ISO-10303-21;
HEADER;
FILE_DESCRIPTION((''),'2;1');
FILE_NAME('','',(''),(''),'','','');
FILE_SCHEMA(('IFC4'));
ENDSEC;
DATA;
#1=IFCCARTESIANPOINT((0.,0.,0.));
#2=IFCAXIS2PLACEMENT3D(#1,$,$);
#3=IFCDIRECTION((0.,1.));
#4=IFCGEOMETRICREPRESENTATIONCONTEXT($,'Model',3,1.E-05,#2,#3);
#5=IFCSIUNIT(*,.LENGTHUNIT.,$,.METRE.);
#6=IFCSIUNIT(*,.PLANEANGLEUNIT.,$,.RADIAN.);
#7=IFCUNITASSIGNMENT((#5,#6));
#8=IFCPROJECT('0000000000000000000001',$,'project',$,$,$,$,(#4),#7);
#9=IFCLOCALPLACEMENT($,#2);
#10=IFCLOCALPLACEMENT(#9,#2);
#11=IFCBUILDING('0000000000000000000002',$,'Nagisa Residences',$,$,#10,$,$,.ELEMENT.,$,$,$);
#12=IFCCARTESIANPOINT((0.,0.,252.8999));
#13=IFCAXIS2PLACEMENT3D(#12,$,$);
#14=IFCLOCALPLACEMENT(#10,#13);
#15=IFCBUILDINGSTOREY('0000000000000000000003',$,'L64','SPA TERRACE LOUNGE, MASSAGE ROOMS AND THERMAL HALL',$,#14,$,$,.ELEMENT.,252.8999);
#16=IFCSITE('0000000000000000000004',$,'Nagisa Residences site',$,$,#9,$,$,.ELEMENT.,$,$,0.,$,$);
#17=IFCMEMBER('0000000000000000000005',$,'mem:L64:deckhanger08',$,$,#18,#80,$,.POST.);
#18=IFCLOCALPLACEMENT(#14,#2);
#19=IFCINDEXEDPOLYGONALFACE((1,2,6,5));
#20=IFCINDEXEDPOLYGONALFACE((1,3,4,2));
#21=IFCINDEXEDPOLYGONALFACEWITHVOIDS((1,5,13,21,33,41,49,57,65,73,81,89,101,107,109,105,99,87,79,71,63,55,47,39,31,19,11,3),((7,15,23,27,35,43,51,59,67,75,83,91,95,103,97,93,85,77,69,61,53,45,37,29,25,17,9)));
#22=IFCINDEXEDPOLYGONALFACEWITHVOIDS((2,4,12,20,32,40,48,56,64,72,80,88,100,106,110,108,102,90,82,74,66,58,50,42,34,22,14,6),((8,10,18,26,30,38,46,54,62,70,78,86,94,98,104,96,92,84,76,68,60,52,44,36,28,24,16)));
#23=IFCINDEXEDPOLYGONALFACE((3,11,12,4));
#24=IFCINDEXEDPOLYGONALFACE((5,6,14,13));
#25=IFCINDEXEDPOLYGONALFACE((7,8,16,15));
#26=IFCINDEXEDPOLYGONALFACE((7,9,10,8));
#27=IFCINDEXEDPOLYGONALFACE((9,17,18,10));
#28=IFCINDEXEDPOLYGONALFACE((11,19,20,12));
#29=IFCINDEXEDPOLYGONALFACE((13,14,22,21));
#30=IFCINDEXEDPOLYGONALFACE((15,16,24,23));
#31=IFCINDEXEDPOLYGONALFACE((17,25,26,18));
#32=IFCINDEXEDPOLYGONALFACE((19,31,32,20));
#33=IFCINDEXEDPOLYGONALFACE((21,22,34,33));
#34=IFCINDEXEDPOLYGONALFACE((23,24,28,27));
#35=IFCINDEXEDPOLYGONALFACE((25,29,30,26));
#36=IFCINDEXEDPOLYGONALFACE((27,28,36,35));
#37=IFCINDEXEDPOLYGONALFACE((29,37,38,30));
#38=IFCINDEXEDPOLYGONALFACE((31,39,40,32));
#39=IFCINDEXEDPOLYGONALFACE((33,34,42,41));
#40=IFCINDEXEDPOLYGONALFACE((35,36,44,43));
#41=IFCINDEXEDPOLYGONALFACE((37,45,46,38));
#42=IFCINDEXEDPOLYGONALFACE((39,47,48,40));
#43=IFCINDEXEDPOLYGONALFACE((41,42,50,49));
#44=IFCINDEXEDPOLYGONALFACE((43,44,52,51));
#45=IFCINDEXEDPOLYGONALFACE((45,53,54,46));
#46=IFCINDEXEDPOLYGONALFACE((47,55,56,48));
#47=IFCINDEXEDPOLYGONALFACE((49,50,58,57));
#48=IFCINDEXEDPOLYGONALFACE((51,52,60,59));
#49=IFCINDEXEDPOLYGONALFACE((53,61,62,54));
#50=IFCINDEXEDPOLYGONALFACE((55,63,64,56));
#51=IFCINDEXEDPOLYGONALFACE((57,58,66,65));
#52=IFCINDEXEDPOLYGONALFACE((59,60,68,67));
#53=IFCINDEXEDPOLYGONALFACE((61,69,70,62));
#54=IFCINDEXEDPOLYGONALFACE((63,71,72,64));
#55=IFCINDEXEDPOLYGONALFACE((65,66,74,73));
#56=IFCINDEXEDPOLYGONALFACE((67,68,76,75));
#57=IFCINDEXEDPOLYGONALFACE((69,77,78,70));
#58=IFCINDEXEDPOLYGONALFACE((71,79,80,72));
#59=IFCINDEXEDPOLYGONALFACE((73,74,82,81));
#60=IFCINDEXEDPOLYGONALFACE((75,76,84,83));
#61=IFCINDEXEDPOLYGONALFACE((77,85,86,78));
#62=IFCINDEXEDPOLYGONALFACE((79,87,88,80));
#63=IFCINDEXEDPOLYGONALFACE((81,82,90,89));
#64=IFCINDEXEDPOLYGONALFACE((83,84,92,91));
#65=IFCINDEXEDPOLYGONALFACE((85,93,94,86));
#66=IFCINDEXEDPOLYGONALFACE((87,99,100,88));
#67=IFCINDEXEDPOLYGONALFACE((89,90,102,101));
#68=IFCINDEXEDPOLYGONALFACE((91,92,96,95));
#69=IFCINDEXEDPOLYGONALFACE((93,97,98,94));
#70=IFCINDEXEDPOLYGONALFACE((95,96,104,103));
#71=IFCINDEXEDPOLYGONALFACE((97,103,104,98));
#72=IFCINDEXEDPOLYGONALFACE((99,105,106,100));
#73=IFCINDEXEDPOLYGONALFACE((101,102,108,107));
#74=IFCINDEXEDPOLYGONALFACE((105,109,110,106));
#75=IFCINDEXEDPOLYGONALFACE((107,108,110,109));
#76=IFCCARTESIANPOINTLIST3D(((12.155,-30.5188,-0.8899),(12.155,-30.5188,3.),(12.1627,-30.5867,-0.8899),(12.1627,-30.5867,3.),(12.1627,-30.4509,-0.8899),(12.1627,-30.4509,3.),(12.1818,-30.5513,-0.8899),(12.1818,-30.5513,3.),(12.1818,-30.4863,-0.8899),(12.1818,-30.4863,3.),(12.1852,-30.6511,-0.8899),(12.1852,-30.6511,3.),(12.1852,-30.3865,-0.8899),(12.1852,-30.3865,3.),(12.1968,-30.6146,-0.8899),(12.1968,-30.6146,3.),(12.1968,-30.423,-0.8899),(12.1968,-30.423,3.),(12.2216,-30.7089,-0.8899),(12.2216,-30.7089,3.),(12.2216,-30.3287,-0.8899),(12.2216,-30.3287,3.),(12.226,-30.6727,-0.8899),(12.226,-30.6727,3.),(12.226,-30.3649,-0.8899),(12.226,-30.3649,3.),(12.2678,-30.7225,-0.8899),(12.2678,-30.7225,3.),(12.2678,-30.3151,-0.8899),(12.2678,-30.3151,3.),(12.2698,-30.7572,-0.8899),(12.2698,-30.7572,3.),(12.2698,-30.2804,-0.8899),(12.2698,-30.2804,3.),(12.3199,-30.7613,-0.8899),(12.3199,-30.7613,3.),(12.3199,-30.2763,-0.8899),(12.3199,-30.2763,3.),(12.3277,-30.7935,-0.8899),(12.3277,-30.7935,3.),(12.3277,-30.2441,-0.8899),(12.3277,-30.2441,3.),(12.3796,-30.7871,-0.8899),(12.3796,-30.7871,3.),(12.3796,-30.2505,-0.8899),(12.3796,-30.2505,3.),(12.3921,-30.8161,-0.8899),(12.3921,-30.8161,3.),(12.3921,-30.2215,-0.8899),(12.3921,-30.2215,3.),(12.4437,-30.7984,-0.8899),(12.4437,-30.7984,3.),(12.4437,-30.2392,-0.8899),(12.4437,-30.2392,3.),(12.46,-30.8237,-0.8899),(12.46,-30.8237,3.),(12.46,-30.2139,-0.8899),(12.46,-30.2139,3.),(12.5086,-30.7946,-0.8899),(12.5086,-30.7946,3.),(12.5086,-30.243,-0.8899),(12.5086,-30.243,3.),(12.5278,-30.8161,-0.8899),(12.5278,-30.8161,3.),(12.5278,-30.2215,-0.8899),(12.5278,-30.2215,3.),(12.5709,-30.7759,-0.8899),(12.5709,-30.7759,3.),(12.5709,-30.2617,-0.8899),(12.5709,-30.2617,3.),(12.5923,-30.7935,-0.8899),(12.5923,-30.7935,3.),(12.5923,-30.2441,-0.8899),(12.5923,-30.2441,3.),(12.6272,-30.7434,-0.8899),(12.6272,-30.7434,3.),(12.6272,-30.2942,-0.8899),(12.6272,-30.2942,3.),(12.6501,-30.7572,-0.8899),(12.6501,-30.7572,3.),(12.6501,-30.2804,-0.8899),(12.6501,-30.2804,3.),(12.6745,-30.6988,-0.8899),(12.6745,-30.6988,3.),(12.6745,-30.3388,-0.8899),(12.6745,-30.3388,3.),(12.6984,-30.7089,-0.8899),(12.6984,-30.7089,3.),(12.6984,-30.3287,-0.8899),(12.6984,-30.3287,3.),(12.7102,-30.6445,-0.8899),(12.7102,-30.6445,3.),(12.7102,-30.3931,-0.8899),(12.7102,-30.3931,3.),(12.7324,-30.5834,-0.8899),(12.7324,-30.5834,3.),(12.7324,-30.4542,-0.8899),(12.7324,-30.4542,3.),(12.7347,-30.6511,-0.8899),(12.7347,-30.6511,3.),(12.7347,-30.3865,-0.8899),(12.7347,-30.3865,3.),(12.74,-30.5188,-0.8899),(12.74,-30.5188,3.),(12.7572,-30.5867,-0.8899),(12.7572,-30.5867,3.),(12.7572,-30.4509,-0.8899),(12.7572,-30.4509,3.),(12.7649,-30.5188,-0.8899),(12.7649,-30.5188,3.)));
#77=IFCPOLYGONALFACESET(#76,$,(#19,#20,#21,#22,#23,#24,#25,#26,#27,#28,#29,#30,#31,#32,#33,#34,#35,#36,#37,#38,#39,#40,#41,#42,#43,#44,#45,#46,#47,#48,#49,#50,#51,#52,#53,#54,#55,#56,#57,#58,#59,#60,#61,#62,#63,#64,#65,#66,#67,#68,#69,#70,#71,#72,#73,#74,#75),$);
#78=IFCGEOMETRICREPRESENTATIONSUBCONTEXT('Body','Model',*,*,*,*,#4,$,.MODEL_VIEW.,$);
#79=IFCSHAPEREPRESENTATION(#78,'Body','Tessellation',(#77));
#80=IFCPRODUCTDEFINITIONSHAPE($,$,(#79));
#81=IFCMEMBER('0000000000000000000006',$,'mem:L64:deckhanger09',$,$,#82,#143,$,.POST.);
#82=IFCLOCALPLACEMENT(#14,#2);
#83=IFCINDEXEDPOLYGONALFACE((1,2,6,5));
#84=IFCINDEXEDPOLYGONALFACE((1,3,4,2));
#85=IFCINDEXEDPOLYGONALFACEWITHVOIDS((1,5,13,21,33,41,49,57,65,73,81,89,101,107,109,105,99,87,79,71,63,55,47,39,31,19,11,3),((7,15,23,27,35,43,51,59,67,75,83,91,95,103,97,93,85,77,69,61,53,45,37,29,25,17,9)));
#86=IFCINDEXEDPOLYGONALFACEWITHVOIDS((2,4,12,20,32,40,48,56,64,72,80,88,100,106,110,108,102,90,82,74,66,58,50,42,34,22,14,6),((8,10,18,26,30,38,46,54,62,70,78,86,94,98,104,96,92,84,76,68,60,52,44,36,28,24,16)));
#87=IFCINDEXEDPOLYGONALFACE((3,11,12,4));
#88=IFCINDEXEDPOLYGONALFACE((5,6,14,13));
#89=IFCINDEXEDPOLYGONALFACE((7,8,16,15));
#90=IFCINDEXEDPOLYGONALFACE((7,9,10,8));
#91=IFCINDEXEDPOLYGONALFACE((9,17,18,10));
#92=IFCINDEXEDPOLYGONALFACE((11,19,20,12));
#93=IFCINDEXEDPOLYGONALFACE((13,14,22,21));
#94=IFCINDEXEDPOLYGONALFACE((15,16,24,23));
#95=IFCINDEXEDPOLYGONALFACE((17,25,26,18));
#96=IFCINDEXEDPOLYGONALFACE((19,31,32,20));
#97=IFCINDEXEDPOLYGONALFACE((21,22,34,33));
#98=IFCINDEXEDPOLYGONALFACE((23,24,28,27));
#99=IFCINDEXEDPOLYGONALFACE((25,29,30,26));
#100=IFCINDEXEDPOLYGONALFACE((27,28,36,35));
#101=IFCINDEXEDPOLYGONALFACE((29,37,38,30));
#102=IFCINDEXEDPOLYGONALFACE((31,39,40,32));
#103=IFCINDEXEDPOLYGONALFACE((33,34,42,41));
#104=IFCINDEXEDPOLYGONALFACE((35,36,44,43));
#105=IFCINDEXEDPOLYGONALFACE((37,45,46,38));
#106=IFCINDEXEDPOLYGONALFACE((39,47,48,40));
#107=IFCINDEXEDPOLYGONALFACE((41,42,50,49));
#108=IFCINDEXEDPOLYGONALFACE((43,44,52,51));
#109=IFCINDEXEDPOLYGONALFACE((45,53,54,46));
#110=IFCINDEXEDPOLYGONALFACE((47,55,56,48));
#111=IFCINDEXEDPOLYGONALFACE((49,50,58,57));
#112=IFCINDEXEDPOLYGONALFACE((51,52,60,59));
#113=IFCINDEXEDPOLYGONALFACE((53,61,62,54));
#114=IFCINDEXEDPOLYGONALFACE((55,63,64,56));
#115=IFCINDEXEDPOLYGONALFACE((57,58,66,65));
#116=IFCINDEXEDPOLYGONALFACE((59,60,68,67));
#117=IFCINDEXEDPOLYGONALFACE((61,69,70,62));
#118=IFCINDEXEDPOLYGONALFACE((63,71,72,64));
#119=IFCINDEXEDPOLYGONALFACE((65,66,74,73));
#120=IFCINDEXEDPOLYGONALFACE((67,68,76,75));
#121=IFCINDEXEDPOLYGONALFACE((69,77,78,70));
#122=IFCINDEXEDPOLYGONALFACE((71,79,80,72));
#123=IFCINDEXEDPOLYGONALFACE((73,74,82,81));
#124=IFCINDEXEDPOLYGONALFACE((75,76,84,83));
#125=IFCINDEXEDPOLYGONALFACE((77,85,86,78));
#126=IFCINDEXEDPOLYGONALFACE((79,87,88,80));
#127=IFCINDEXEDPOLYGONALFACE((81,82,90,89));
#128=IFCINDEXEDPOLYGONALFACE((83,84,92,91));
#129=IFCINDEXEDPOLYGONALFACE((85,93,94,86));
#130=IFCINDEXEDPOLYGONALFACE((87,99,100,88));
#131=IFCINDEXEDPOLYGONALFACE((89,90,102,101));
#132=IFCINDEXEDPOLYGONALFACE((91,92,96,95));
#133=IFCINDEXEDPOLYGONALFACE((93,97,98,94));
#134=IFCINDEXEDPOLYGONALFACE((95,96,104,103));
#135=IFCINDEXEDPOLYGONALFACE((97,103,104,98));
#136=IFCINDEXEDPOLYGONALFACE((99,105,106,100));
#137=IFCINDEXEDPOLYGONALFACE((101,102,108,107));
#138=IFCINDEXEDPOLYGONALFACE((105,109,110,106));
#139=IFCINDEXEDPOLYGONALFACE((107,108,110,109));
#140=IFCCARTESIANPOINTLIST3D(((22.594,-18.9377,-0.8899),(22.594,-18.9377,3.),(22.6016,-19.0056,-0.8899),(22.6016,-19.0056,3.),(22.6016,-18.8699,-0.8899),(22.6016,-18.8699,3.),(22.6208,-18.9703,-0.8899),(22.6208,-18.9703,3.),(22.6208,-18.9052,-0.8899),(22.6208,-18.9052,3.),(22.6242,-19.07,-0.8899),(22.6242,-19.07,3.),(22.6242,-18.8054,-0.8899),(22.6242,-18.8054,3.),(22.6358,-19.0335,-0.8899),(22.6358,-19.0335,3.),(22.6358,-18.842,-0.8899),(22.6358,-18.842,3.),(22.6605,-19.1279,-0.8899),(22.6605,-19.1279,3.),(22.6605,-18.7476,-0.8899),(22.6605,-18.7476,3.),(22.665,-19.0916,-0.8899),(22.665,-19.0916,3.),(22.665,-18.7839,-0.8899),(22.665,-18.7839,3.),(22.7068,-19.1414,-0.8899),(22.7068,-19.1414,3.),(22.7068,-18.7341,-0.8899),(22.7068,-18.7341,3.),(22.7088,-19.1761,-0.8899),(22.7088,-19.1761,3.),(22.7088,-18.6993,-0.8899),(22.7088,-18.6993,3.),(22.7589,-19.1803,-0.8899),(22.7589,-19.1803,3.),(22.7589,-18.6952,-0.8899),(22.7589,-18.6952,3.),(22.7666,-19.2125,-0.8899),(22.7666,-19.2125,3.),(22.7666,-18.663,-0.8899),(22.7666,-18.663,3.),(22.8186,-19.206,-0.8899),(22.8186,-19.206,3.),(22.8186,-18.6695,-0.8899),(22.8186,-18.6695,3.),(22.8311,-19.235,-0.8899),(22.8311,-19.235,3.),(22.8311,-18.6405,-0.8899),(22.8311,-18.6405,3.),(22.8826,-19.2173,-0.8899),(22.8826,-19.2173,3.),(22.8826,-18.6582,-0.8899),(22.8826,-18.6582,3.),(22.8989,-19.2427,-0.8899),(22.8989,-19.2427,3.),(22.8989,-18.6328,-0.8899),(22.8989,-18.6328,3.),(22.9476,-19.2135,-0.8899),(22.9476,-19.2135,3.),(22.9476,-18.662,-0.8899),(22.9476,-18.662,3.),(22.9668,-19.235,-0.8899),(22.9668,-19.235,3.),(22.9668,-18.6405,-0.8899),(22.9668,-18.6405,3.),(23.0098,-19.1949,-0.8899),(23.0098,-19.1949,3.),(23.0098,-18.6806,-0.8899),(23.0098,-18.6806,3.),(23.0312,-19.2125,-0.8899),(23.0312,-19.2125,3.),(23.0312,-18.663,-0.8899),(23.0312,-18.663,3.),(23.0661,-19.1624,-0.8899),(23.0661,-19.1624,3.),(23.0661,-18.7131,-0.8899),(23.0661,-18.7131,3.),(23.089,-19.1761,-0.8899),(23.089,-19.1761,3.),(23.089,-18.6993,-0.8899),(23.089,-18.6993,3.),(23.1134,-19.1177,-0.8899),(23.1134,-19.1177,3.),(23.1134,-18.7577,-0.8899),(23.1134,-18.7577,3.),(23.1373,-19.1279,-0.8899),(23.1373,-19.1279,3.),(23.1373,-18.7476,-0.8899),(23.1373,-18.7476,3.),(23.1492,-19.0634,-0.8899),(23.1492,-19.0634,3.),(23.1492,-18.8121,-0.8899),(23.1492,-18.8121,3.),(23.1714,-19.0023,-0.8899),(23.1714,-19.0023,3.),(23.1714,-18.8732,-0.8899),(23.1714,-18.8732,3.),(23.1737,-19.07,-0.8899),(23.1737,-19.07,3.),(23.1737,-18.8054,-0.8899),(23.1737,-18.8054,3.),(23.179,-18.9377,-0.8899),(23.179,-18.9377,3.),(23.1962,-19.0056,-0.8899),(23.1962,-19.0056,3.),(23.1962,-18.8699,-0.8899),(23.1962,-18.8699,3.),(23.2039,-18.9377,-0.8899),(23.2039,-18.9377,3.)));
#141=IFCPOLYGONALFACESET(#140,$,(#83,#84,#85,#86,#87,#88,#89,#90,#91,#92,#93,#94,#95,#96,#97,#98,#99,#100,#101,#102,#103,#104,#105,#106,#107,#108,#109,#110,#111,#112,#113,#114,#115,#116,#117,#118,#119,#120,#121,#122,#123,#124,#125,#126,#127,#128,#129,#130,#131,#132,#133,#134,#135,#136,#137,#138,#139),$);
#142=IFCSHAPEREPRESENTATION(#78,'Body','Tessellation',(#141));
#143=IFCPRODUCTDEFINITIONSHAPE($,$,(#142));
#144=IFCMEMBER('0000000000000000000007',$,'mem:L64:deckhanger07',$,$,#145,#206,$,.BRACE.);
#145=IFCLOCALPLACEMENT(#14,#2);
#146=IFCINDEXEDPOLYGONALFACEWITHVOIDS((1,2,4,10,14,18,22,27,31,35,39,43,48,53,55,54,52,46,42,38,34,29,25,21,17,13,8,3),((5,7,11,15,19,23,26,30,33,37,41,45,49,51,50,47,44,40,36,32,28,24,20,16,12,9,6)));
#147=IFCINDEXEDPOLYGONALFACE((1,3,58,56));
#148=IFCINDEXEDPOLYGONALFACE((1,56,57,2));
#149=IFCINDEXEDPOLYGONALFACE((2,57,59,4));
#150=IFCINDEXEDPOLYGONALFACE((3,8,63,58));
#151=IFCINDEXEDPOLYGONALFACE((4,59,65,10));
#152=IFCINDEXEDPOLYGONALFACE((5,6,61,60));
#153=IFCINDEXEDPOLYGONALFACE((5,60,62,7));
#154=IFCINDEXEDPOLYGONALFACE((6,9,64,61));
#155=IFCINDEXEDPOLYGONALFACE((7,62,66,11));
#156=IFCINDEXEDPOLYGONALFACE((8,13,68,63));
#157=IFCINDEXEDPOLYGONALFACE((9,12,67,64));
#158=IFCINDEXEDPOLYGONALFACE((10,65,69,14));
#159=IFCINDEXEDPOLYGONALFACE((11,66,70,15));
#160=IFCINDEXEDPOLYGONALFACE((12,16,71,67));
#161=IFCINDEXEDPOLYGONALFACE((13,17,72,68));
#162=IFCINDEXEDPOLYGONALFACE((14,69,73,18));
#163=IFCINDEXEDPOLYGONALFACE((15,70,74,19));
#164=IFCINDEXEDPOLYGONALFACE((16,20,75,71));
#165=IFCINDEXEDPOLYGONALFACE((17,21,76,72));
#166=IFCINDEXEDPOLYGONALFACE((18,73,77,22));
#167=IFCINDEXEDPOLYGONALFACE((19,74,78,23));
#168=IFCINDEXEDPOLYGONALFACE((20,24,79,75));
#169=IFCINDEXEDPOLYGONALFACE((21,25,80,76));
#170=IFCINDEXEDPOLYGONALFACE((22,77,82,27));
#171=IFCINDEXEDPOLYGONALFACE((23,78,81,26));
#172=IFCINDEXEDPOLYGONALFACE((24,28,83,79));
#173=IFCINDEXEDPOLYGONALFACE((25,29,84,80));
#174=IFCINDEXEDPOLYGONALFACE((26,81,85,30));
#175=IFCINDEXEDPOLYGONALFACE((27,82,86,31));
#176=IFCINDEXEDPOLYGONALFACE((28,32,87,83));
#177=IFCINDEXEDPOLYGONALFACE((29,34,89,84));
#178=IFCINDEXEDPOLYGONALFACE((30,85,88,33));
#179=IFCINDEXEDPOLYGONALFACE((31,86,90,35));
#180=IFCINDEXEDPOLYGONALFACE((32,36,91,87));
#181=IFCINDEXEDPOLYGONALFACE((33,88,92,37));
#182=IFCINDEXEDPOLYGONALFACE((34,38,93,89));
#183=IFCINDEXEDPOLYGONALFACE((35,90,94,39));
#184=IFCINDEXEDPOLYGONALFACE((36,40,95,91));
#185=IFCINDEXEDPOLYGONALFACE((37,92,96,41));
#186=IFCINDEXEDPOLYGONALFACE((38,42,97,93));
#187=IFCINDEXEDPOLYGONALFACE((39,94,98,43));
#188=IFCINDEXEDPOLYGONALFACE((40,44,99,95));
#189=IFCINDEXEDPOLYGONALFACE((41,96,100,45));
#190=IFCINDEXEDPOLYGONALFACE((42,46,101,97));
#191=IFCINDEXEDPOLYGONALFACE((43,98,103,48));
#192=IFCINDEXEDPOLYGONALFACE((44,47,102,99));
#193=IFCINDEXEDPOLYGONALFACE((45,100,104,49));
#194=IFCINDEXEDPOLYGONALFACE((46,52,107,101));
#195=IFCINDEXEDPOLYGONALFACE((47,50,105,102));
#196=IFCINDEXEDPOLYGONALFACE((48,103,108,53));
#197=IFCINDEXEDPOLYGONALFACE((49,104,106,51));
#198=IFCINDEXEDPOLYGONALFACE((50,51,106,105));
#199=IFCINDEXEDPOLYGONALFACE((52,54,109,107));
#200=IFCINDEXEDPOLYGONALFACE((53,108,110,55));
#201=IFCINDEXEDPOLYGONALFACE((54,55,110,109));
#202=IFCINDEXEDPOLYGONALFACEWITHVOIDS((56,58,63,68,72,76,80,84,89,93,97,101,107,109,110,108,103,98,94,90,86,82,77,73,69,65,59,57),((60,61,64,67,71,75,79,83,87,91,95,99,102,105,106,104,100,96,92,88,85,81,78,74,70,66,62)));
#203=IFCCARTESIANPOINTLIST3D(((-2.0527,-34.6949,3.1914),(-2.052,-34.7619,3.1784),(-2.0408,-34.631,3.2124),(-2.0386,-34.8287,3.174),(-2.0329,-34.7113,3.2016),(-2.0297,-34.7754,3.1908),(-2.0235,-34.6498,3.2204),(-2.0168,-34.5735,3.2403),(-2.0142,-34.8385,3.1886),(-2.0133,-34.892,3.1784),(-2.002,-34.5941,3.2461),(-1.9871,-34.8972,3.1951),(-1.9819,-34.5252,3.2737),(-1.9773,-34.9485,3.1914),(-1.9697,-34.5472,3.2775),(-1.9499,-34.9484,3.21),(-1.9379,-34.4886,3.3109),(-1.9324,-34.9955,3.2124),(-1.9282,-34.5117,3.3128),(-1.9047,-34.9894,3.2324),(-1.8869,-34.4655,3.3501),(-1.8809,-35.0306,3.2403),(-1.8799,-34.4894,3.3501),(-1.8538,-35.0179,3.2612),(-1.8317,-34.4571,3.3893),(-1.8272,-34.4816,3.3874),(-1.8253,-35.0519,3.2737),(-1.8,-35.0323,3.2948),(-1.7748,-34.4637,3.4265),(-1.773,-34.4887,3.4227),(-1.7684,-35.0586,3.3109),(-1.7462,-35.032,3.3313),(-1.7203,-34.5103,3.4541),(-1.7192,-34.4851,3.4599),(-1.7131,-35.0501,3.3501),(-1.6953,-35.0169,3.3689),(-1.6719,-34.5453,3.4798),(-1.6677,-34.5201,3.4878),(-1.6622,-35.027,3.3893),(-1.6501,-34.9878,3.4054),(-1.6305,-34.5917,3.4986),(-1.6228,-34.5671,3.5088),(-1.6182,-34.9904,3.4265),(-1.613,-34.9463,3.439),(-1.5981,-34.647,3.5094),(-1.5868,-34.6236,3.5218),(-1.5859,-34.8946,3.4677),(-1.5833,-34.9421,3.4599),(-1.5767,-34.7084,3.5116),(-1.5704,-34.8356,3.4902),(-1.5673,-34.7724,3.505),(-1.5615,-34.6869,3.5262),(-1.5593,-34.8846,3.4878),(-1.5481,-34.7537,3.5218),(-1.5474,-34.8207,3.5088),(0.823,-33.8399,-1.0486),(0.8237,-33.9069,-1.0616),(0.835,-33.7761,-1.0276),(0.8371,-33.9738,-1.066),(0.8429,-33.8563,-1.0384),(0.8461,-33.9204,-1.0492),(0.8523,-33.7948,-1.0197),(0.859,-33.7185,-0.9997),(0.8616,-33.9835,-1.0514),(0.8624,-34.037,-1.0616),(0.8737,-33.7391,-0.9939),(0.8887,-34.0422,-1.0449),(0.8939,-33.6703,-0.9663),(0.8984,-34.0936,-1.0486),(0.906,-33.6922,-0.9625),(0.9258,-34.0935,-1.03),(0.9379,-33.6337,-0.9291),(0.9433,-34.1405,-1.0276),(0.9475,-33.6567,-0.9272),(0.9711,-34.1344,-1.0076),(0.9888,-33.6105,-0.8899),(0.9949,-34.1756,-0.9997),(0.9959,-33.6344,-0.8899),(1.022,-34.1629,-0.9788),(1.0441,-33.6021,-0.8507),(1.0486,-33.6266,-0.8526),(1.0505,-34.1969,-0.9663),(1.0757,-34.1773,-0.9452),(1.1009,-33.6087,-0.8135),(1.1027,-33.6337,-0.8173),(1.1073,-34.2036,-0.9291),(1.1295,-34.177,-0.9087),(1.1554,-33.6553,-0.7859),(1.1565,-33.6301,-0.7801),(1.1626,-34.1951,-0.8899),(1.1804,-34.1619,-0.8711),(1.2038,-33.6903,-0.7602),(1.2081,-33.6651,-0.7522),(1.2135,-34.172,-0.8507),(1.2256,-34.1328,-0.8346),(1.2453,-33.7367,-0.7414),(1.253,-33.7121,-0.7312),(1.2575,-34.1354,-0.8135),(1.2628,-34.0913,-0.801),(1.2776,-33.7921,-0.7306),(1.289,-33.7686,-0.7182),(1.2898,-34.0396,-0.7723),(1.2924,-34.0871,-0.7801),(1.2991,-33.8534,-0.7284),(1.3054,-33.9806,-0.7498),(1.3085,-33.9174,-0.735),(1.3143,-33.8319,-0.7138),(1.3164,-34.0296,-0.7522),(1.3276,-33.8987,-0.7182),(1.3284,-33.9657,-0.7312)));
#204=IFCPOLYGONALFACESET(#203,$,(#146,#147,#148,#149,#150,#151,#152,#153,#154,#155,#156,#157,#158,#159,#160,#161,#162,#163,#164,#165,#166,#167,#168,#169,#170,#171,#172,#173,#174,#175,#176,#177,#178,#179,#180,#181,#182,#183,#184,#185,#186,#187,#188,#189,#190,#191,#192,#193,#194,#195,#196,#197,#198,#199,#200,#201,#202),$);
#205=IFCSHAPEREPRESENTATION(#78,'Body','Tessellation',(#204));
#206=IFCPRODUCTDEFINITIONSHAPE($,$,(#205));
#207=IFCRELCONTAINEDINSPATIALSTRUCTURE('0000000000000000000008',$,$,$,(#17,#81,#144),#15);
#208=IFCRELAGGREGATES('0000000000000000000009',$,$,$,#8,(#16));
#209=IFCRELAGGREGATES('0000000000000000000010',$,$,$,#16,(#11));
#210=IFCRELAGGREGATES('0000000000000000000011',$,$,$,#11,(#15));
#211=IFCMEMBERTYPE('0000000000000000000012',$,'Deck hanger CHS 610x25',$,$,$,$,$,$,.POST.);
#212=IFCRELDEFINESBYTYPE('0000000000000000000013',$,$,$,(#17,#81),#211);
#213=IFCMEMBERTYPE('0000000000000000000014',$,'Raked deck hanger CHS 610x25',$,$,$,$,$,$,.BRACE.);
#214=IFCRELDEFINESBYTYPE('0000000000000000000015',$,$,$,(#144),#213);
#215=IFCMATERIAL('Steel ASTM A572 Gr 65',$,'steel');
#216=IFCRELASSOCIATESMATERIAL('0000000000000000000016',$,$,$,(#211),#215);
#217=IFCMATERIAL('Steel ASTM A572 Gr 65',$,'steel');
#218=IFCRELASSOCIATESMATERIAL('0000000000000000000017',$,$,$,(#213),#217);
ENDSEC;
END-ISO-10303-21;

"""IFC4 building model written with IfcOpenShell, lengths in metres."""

from ifc_helpers import new_model, si_unit, direction, frame, origin, origin_2d, place, context, subcontext, project, spatial, hollow_circle, extrude, material, material_profile, profile_set, type_object, element, save


model = new_model("IFC4")

# Units and contexts
model_context = context("Model", 3, precision=1e-05, world=origin(), true_north=direction((0.0, 1.0)))
body_context = subcontext(model_context, "Body", "Model", "MODEL_VIEW")
ifc_project = project(units=[si_unit("LENGTHUNIT", "METRE"), si_unit("PLANEANGLEUNIT", "RADIAN")], contexts=[model_context])

# Site, building, storey
site_placement = place(None, origin())
site = spatial("IfcSite", under=ifc_project, at=site_placement, Name="Nagisa Residences site", CompositionType="ELEMENT", RefElevation=0.0)
building_placement = place(site_placement, origin())
building = spatial("IfcBuilding", under=site, at=building_placement, Name="Nagisa Residences", CompositionType="ELEMENT")
storey_placement = place(building_placement, frame((0.0, 0.0, 252.8999)))
storey = spatial("IfcBuildingStorey", under=building, at=storey_placement, Name="L64", Description="SPA TERRACE LOUNGE, MASSAGE ROOMS AND THERMAL HALL", CompositionType="ELEMENT", Elevation=252.8999)

# Members
ifc_material_1 = material(Name="Steel ASTM A572 Gr 65", Category="steel")
ifc_material_profile_1 = material_profile(ifc_material_1, hollow_circle(Radius=0.3049, WallThickness=0.0249, at=origin_2d()), Name="CHS 610x25")
ifc_profile_set_1 = profile_set([ifc_material_profile_1], Name="Steel ASTM A572 Gr 65")
member_type_1 = type_object("IfcMemberType", Name="Deck hanger CHS 610x25", PredefinedType="POST", material=ifc_profile_set_1)
for number, where, z_axis, x_axis, name in (
    (1, (12.46, -30.5188, 3.0), (0.0, 0.0, -1.0), (1.0, 0.0, 0.0), "mem:L64:deckhanger08"),
    (2, (22.8989, -18.9377, 3.0), (0.0, 0.0, -1.0), (1.0, 0.0, 0.0), "mem:L64:deckhanger09"),
):
    element("IfcMember", number, at=place(storey_placement, frame(where, z_axis=z_axis, x_axis=x_axis)), inside=storey, type_object=member_type_1, Name=name, PredefinedType="POST", context=body_context, shape_type="SweptSolid", body=[
        extrude(hollow_circle(Radius=0.3049, WallThickness=0.0249, at=origin_2d()), origin(), (0.0, 0.0, 1.0), 3.8899),
    ])
ifc_material_2 = material(Name="Steel ASTM A572 Gr 65", Category="steel")
ifc_material_profile_2 = material_profile(ifc_material_2, hollow_circle(Radius=0.3049, WallThickness=0.0249, at=origin_2d()), Name="CHS 610x25")
ifc_profile_set_2 = profile_set([ifc_material_profile_2], Name="Steel ASTM A572 Gr 65")
member_type_2 = type_object("IfcMemberType", Name="Raked deck hanger CHS 610x25", PredefinedType="BRACE", material=ifc_profile_set_2)
member_1_placement = place(storey_placement, frame((-1.8, -34.7578, 3.3501), z_axis=(0.553657, 0.164607, -0.816314), x_axis=(-0.28498, 0.958533, 0.0)))
element("IfcMember", 3, at=member_1_placement, inside=storey, type_object=member_type_2, Name="mem:L64:deckhanger07", PredefinedType="BRACE", context=body_context, shape_type="SweptSolid", body=[
    extrude(hollow_circle(Radius=0.3049, WallThickness=0.0249, at=origin_2d()), origin(), (0.0, 0.0, 1.0), 5.1941),
])

save(model, "model.ifc")
